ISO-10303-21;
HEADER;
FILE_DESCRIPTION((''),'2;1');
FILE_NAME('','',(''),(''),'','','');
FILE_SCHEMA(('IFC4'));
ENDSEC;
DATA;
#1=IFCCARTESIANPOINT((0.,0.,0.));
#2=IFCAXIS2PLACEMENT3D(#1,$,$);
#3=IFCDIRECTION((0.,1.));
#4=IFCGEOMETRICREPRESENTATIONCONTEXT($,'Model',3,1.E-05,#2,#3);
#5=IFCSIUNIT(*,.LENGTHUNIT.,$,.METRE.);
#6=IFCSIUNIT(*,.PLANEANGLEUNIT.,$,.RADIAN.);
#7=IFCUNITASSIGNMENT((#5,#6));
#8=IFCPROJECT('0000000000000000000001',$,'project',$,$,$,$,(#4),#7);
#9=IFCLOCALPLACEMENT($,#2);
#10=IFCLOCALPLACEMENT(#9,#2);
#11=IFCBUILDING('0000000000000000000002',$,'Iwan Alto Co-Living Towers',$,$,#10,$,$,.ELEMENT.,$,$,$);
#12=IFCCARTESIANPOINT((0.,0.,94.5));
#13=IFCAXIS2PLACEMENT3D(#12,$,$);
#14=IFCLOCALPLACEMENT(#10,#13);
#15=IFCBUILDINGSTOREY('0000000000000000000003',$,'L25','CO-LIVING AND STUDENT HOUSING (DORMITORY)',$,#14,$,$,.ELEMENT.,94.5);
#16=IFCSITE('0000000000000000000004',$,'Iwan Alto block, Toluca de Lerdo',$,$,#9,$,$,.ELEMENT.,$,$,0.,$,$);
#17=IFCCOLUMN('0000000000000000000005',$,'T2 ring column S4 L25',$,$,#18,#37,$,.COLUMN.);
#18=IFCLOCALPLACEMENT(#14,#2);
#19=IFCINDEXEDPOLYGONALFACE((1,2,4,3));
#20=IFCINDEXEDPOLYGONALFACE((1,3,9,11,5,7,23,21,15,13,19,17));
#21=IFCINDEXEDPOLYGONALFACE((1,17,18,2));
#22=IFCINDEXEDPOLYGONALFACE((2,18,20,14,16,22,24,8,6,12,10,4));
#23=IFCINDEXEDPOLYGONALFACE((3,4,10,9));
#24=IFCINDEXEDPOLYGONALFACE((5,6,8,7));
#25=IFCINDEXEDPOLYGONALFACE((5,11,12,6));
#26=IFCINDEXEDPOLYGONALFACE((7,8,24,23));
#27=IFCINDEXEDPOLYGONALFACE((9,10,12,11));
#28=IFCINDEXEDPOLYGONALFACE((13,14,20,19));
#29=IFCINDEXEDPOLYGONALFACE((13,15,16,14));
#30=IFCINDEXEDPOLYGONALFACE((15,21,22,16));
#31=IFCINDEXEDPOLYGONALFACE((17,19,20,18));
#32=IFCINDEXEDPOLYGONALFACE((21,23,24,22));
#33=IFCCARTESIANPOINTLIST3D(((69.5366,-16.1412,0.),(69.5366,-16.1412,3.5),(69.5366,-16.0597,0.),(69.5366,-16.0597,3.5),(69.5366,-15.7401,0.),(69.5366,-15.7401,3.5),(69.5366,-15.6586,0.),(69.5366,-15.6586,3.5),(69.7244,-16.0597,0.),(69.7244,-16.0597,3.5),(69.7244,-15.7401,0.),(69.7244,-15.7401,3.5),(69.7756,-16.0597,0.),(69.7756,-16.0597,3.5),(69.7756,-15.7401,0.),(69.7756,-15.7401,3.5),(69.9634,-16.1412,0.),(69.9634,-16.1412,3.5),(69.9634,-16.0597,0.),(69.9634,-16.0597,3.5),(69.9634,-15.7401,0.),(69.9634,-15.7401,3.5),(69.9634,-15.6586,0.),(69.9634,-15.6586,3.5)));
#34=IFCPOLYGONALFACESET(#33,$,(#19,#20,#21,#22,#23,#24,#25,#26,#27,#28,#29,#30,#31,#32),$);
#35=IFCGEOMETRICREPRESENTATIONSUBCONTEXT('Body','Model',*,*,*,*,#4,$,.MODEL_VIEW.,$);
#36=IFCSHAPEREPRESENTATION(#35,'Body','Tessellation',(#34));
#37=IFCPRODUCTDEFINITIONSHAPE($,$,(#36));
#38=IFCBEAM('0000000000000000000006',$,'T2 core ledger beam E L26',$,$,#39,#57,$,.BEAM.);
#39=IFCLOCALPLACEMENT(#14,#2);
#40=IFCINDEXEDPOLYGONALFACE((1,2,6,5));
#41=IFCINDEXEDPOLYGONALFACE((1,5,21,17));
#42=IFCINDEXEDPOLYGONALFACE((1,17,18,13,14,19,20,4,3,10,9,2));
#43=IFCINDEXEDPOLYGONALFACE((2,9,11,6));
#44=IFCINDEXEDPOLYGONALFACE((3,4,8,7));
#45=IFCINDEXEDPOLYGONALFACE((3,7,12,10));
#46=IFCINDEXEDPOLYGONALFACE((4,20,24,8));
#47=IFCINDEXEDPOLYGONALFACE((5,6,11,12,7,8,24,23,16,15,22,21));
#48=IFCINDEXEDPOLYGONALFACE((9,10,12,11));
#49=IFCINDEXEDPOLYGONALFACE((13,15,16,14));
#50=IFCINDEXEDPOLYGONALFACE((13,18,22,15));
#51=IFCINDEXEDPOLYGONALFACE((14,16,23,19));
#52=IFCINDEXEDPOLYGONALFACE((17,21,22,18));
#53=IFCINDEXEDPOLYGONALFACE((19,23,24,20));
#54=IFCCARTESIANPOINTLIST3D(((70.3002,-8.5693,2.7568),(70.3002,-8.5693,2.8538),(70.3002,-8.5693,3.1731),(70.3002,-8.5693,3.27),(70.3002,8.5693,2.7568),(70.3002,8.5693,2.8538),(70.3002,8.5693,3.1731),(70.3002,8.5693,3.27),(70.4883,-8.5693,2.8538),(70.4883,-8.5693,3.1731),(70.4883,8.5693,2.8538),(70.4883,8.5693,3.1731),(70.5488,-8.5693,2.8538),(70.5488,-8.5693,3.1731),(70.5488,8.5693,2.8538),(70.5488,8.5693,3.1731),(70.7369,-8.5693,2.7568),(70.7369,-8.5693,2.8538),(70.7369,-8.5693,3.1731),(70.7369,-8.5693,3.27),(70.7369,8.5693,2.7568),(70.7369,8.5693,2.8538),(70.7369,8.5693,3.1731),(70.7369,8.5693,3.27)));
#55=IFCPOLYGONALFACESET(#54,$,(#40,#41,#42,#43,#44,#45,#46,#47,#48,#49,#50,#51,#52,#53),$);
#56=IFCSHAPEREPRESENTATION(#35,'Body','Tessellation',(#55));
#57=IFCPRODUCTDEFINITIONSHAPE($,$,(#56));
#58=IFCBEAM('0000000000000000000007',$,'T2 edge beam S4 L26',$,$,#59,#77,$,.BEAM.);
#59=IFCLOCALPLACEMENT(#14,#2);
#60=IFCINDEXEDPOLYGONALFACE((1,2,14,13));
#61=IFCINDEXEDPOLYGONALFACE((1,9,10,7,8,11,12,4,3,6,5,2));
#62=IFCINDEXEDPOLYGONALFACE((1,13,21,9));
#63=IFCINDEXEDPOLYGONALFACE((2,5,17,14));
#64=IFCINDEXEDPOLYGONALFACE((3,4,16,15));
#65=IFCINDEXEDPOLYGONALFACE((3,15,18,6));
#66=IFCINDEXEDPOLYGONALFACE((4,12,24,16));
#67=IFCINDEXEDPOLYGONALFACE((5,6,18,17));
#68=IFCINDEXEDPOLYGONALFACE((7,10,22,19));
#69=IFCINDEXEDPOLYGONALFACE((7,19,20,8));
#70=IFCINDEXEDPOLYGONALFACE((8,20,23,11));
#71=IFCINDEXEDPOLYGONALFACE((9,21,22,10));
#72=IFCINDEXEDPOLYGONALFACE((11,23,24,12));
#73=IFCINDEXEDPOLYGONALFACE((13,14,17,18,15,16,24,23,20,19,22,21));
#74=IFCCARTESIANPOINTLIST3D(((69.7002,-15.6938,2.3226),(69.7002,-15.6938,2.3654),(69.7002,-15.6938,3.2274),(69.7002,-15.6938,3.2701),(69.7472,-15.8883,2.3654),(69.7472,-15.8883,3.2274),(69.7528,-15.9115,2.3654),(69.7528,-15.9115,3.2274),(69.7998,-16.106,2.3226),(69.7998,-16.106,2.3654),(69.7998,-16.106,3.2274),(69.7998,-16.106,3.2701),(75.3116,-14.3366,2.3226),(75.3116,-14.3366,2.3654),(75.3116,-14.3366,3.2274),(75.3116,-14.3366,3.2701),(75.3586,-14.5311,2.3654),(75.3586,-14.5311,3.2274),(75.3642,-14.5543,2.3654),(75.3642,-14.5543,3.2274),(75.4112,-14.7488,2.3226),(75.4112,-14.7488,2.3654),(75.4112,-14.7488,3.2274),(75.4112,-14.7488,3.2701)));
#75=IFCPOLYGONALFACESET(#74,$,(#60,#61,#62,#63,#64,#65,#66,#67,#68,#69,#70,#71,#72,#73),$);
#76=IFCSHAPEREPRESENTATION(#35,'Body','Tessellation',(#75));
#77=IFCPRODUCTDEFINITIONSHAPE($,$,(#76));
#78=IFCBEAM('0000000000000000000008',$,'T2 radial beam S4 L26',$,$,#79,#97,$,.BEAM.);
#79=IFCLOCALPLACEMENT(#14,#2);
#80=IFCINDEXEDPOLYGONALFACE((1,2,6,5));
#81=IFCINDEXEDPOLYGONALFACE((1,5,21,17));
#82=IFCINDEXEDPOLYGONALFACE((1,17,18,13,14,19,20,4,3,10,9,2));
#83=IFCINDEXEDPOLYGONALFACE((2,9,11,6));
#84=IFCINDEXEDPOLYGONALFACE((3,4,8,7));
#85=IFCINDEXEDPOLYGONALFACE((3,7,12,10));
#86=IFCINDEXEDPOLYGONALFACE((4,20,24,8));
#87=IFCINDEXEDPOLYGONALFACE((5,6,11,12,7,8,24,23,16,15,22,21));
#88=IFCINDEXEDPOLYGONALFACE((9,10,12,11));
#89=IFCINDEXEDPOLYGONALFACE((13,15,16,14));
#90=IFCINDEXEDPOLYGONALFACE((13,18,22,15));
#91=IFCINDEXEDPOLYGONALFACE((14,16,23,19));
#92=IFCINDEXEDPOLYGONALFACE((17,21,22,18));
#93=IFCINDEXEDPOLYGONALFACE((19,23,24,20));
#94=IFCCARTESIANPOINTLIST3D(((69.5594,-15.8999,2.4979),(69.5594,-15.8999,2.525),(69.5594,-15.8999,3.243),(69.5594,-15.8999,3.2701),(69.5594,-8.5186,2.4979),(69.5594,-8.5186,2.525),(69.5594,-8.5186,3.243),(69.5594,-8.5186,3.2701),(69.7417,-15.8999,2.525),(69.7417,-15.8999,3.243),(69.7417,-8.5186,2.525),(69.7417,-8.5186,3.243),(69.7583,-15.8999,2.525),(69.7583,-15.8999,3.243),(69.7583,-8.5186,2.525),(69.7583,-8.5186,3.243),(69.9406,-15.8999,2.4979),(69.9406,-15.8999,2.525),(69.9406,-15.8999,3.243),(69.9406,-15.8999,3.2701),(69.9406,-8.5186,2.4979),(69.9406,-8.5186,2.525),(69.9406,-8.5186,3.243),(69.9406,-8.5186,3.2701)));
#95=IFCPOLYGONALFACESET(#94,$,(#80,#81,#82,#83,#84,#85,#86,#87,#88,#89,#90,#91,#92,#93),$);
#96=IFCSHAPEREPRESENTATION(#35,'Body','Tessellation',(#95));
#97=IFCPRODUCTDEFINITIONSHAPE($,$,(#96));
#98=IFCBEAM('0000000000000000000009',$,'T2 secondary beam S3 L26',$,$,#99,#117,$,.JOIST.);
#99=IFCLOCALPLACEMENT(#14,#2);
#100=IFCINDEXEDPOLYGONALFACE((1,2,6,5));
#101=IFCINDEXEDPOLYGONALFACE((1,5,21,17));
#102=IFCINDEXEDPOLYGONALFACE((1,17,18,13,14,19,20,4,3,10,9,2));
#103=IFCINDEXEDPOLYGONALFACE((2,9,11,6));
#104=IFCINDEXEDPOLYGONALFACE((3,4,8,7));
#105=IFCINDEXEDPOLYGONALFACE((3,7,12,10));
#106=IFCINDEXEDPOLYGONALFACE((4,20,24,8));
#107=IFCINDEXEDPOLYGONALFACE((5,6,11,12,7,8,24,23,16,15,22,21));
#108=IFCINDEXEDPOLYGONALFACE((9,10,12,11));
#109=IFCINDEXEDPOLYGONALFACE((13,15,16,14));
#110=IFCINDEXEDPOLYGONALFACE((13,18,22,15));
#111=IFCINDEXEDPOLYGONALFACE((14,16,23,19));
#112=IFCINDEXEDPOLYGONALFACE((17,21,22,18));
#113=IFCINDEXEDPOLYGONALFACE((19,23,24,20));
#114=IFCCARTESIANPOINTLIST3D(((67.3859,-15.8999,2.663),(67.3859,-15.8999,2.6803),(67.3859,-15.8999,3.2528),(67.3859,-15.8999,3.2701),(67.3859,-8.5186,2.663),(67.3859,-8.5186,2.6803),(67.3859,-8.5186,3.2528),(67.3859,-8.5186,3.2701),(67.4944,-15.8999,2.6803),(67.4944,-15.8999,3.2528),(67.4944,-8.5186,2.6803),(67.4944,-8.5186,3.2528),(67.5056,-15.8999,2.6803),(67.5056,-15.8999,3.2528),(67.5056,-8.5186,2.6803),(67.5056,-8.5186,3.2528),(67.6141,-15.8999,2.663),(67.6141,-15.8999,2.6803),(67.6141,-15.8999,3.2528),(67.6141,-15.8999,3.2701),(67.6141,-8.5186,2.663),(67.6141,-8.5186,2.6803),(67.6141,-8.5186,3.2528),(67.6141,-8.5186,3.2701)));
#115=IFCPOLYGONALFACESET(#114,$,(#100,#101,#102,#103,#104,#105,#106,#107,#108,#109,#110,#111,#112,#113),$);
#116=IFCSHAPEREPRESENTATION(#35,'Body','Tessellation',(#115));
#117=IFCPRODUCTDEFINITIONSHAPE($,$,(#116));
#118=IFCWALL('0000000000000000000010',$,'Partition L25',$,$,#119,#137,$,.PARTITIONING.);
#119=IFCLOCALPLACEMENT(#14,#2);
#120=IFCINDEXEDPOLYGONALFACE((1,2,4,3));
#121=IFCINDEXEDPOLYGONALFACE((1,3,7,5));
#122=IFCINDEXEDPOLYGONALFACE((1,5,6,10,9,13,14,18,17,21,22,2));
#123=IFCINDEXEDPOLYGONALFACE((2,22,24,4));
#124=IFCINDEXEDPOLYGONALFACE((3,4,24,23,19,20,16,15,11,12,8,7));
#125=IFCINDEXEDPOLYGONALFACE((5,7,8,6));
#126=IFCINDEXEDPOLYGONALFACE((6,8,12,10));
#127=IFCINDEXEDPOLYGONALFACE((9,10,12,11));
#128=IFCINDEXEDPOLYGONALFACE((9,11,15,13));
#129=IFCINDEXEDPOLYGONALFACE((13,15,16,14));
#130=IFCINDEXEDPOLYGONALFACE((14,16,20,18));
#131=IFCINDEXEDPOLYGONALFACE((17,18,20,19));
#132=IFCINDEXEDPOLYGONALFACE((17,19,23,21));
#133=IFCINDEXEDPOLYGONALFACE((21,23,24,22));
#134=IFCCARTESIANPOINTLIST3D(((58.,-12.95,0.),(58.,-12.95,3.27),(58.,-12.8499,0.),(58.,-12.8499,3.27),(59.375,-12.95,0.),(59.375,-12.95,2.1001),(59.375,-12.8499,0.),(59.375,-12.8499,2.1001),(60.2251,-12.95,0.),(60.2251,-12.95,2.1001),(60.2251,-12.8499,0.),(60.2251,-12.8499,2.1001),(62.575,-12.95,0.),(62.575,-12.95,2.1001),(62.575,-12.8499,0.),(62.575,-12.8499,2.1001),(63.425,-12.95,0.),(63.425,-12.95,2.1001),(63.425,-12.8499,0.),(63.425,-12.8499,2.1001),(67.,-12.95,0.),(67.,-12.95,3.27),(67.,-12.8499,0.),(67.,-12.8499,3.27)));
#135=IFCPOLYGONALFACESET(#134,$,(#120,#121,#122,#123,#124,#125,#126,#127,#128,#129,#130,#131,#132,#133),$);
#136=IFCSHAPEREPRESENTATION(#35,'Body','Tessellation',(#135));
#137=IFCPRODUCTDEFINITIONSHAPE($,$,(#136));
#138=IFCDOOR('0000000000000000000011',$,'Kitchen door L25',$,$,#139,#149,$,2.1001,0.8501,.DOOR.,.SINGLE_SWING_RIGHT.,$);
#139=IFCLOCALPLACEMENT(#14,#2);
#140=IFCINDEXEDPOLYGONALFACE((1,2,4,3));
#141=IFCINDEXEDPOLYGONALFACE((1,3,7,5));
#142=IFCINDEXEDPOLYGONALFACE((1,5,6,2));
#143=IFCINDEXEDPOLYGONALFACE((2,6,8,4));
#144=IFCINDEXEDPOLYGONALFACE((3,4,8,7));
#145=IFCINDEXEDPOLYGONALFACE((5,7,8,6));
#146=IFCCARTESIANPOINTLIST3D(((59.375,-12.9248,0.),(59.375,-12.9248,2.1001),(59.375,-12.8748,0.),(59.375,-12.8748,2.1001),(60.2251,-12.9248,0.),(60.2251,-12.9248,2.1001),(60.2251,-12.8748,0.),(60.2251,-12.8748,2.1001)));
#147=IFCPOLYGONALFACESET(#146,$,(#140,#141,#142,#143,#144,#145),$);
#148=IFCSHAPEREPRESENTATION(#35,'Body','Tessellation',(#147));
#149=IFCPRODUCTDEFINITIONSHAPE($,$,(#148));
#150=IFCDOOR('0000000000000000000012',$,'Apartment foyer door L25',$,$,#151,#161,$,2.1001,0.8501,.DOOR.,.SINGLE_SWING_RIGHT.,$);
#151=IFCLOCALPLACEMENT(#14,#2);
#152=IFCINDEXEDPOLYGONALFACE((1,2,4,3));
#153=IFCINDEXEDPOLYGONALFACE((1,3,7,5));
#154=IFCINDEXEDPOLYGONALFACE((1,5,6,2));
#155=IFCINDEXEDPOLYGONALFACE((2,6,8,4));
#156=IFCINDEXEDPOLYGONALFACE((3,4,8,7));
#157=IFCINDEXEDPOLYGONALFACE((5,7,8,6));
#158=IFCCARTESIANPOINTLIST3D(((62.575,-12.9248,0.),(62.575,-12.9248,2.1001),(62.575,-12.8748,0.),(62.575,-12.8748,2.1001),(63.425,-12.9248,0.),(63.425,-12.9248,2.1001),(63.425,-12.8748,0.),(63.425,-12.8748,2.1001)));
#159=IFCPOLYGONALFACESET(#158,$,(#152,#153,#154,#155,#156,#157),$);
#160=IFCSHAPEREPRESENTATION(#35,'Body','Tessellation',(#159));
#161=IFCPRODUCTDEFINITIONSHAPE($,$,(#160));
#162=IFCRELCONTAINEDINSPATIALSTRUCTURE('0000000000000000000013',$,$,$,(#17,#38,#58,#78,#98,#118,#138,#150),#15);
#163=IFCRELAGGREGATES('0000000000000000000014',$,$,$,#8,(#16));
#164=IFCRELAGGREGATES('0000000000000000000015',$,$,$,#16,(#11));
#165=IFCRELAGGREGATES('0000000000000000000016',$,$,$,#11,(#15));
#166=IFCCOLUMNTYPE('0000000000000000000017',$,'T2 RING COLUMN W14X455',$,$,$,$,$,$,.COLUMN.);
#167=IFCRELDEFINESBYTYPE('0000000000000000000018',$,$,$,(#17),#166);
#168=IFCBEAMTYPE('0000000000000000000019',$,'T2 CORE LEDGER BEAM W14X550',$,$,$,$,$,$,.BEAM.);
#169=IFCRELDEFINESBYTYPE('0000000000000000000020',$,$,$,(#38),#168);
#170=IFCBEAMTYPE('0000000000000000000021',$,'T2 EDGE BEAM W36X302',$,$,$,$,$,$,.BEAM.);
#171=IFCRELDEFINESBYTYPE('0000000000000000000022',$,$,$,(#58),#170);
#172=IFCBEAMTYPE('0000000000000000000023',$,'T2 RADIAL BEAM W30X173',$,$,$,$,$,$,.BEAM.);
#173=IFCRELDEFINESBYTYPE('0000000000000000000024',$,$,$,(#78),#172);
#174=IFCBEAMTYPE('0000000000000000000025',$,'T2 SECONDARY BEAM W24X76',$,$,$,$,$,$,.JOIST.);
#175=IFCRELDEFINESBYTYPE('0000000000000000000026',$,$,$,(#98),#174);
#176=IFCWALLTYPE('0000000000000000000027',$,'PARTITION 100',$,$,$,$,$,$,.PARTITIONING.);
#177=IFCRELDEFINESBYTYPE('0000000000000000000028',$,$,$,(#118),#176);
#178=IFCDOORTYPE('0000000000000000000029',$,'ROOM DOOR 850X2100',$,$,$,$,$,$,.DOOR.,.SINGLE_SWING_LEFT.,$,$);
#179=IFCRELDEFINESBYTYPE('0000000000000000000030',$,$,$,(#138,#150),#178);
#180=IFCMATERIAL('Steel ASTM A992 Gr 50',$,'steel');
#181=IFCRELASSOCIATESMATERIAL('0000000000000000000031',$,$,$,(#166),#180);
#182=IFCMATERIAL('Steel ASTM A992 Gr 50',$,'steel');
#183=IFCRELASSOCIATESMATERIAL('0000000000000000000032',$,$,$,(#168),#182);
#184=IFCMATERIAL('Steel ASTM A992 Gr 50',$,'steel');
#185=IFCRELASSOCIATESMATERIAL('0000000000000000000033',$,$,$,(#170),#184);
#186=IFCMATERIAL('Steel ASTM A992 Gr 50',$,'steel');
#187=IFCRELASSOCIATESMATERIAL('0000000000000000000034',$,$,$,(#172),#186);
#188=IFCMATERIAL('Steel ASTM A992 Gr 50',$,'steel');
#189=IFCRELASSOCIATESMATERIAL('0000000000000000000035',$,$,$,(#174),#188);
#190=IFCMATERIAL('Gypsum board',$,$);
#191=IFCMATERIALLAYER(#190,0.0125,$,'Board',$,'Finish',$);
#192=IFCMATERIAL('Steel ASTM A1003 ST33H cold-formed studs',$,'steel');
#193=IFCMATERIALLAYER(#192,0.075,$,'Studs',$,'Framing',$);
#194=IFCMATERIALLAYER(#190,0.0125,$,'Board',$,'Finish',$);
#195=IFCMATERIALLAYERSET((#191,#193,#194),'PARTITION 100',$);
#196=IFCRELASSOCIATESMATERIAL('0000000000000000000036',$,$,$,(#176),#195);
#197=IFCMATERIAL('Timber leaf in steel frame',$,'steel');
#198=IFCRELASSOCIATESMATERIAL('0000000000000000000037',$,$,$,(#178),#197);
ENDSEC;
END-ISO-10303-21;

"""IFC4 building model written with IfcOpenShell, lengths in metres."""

from ifc_helpers import new_model, si_unit, direction, frame, frame_2d, origin, origin_2d, place, context, subcontext, project, spatial, rectangle, i_section, extrude, material, layer, layer_set, material_profile, profile_set, type_object, element, fill, save


model = new_model("IFC4")

# Units and contexts
model_context = context("Model", 3, precision=1e-05, world=origin(), true_north=direction((0.0, 1.0)))
body_context = subcontext(model_context, "Body", "Model", "MODEL_VIEW")
ifc_project = project(units=[si_unit("LENGTHUNIT", "METRE"), si_unit("PLANEANGLEUNIT", "RADIAN")], contexts=[model_context])

# Site, building, storey
site_placement = place(None, origin())
site = spatial("IfcSite", under=ifc_project, at=site_placement, Name="Iwan Alto block, Toluca de Lerdo", CompositionType="ELEMENT", RefElevation=0.0)
building_placement = place(site_placement, origin())
building = spatial("IfcBuilding", under=site, at=building_placement, Name="Iwan Alto Co-Living Towers", CompositionType="ELEMENT")
storey_placement = place(building_placement, frame((0.0, 0.0, 94.5)))
storey = spatial("IfcBuildingStorey", under=building, at=storey_placement, Name="L25", Description="CO-LIVING AND STUDENT HOUSING (DORMITORY)", CompositionType="ELEMENT", Elevation=94.5)

# Column
ifc_material_1 = material(Name="Steel ASTM A992 Gr 50", Category="steel")
ifc_material_profile_1 = material_profile(ifc_material_1, i_section(OverallWidth=0.4268, OverallDepth=0.4827, WebThickness=0.0513, FlangeThickness=0.0815, at=origin_2d()), Name="W14X455")
ifc_profile_set_1 = profile_set([ifc_material_profile_1], Name="Steel ASTM A992 Gr 50")
column_type = type_object("IfcColumnType", Name="T2 RING COLUMN W14X455", PredefinedType="COLUMN", material=ifc_profile_set_1)
column_placement = place(storey_placement, frame((69.75, -15.8999, 0.0), z_axis=(0.0, 0.0, 1.0), x_axis=(1.0, 0.0, 0.0)))
element("IfcColumn", 1, at=column_placement, inside=storey, type_object=column_type, Name="T2 ring column S4 L25", PredefinedType="COLUMN", context=body_context, shape_type="SweptSolid", body=[
    extrude(i_section(OverallWidth=0.4268, OverallDepth=0.4827, WebThickness=0.0513, FlangeThickness=0.0815, at=origin_2d()), origin(), (0.0, 0.0, 1.0), 3.5),
])

# Beams
ifc_material_2 = material(Name="Steel ASTM A992 Gr 50", Category="steel")
ifc_material_profile_2 = material_profile(ifc_material_2, i_section(OverallWidth=0.4368, OverallDepth=0.5132, WebThickness=0.0605, FlangeThickness=0.0969, at=origin_2d()), Name="W14X550")
ifc_profile_set_2 = profile_set([ifc_material_profile_2], Name="Steel ASTM A992 Gr 50")
beam_type_1 = type_object("IfcBeamType", Name="T2 CORE LEDGER BEAM W14X550", PredefinedType="BEAM", material=ifc_profile_set_2)
beam_1_placement = place(storey_placement, frame((70.5186, -8.5693, 3.0134), z_axis=(0.0, 1.0, 0.0), x_axis=(-1.0, 0.0, 0.0)))
element("IfcBeam", 2, at=beam_1_placement, inside=storey, type_object=beam_type_1, Name="T2 core ledger beam E L26", PredefinedType="BEAM", context=body_context, shape_type="SweptSolid", body=[
    extrude(i_section(OverallWidth=0.4368, OverallDepth=0.5132, WebThickness=0.0605, FlangeThickness=0.0969, at=origin_2d()), origin(), (0.0, 0.0, 1.0), 17.1387),
])
ifc_material_3 = material(Name="Steel ASTM A992 Gr 50", Category="steel")
ifc_material_profile_3 = material_profile(ifc_material_3, i_section(OverallWidth=0.4241, OverallDepth=0.9475, WebThickness=0.0239, FlangeThickness=0.0427, at=origin_2d()), Name="W36X302")
ifc_profile_set_3 = profile_set([ifc_material_profile_3], Name="Steel ASTM A992 Gr 50")
beam_type_2 = type_object("IfcBeamType", Name="T2 EDGE BEAM W36X302", PredefinedType="BEAM", material=ifc_profile_set_3)
beam_2_placement = place(storey_placement, frame((69.75, -15.8999, 2.7964), z_axis=(0.971975, 0.235086, 0.0), x_axis=(-0.235086, 0.971975, 0.0)))
element("IfcBeam", 3, at=beam_2_placement, inside=storey, type_object=beam_type_2, Name="T2 edge beam S4 L26", PredefinedType="BEAM", context=body_context, shape_type="SweptSolid", body=[
    extrude(i_section(OverallWidth=0.4241, OverallDepth=0.9475, WebThickness=0.0239, FlangeThickness=0.0427, at=origin_2d()), origin(), (0.0, 0.0, 1.0), 5.7732),
])
ifc_material_4 = material(Name="Steel ASTM A992 Gr 50", Category="steel")
ifc_material_profile_4 = material_profile(ifc_material_4, i_section(OverallWidth=0.3811, OverallDepth=0.7722, WebThickness=0.0166, FlangeThickness=0.0271, at=origin_2d()), Name="W30X173")
ifc_profile_set_4 = profile_set([ifc_material_profile_4], Name="Steel ASTM A992 Gr 50")
beam_type_3 = type_object("IfcBeamType", Name="T2 RADIAL BEAM W30X173", PredefinedType="BEAM", material=ifc_profile_set_4)
beam_3_placement = place(storey_placement, frame((69.75, -15.8999, 2.884), z_axis=(0.0, 1.0, 0.0), x_axis=(-1.0, 0.0, 0.0)))
element("IfcBeam", 4, at=beam_3_placement, inside=storey, type_object=beam_type_3, Name="T2 radial beam S4 L26", PredefinedType="BEAM", context=body_context, shape_type="SweptSolid", body=[
    extrude(i_section(OverallWidth=0.3811, OverallDepth=0.7722, WebThickness=0.0166, FlangeThickness=0.0271, at=origin_2d()), origin(), (0.0, 0.0, 1.0), 7.3813),
])
ifc_material_5 = material(Name="Steel ASTM A992 Gr 50", Category="steel")
ifc_material_profile_5 = material_profile(ifc_material_5, i_section(OverallWidth=0.2283, OverallDepth=0.6072, WebThickness=0.0112, FlangeThickness=0.0173, at=origin_2d()), Name="W24X76")
ifc_profile_set_5 = profile_set([ifc_material_profile_5], Name="Steel ASTM A992 Gr 50")
beam_type_4 = type_object("IfcBeamType", Name="T2 SECONDARY BEAM W24X76", PredefinedType="JOIST", material=ifc_profile_set_5)
beam_4_placement = place(storey_placement, frame((67.5, -15.8999, 2.9666), z_axis=(0.0, 1.0, 0.0), x_axis=(-1.0, 0.0, 0.0)))
element("IfcBeam", 5, at=beam_4_placement, inside=storey, type_object=beam_type_4, Name="T2 secondary beam S3 L26", PredefinedType="JOIST", context=body_context, shape_type="SweptSolid", body=[
    extrude(i_section(OverallWidth=0.2283, OverallDepth=0.6072, WebThickness=0.0112, FlangeThickness=0.0173, at=origin_2d()), origin(), (0.0, 0.0, 1.0), 7.3813),
])

# Wall, openings, doors
ifc_material_6 = material(Name="Gypsum board")
ifc_layer_1 = layer(ifc_material_6, 0.0125, Name="Board", Category="Finish")
ifc_material_7 = material(Name="Steel ASTM A1003 ST33H cold-formed studs", Category="steel")
ifc_layer_2 = layer(ifc_material_7, 0.075, Name="Studs", Category="Framing")
ifc_layer_3 = layer(ifc_material_6, 0.0125, Name="Board", Category="Finish")
ifc_layer_set_1 = layer_set([ifc_layer_1, ifc_layer_2, ifc_layer_3], Name="PARTITION 100")
wall_type_1 = type_object("IfcWallType", Name="PARTITION 100", PredefinedType="PARTITIONING", material=ifc_layer_set_1)
wall_1_placement = place(storey_placement, frame((58.0, -12.8999, 0.0), z_axis=(0.0, 0.0, 1.0), x_axis=(1.0, 0.0, 0.0)))
wall_1 = element("IfcWall", 6, at=wall_1_placement, inside=storey, type_object=wall_type_1, Name="Partition L25", PredefinedType="PARTITIONING", context=body_context, shape_type="SweptSolid", body=[
    extrude(rectangle(XDim=9.0, YDim=0.1001, at=frame_2d((4.5, 0.0))), origin(), (0.0, 0.0, 1.0), 3.27),
])
opening_1_placement = place(wall_1_placement, frame((1.375, 0.0, 0.0)))
opening_1 = element("IfcOpeningElement", 7, at=opening_1_placement, cuts=wall_1, PredefinedType="OPENING", context=body_context, shape_type="SweptSolid", body=[
    extrude(rectangle(XDim=0.8501, YDim=2.1001, at=frame_2d((0.425, 1.05))), frame((0.0, 0.0601, 0.0), z_axis=(0.0, -1.0, 0.0), x_axis=(1.0, 0.0, 0.0)), (0.0, 0.0, 1.0), 0.1201),
])
opening_2_placement = place(wall_1_placement, frame((4.575, 0.0, 0.0)))
opening_2 = element("IfcOpeningElement", 8, at=opening_2_placement, cuts=wall_1, PredefinedType="OPENING", context=body_context, shape_type="SweptSolid", body=[
    extrude(rectangle(XDim=0.8501, YDim=2.1001, at=frame_2d((0.425, 1.05))), frame((0.0, 0.0601, 0.0), z_axis=(0.0, -1.0, 0.0), x_axis=(1.0, 0.0, 0.0)), (0.0, 0.0, 1.0), 0.1201),
])
ifc_material_8 = material(Name="Timber leaf in steel frame", Category="steel")
door_type_1 = type_object("IfcDoorType", Name="ROOM DOOR 850X2100", OperationType="SINGLE_SWING_LEFT", PredefinedType="DOOR", material=ifc_material_8)
door_1_placement = place(opening_1_placement, frame((0.8501, 0.0, 0.0), z_axis=(0.0, 0.0, 1.0), x_axis=(-1.0, 0.0, 0.0)))
door_1 = element("IfcDoor", 9, at=door_1_placement, inside=storey, type_object=door_type_1, Name="Kitchen door L25", OperationType="SINGLE_SWING_RIGHT", OverallHeight=2.1001, OverallWidth=0.8501, PredefinedType="DOOR", context=body_context, shape_type="SweptSolid", body=[
    extrude(rectangle(XDim=0.8501, YDim=2.1001, at=frame_2d((0.425, 1.05))), frame((0.0, 0.0249, 0.0), z_axis=(0.0, -1.0, 0.0), x_axis=(1.0, 0.0, 0.0)), (0.0, 0.0, 1.0), 0.05),
])
fill(opening_1, door_1)
door_2_placement = place(opening_2_placement, frame((0.8501, 0.0, 0.0), z_axis=(0.0, 0.0, 1.0), x_axis=(-1.0, 0.0, 0.0)))
door_2 = element("IfcDoor", 10, at=door_2_placement, inside=storey, type_object=door_type_1, Name="Apartment foyer door L25", OperationType="SINGLE_SWING_RIGHT", OverallHeight=2.1001, OverallWidth=0.8501, PredefinedType="DOOR", context=body_context, shape_type="SweptSolid", body=[
    extrude(rectangle(XDim=0.8501, YDim=2.1001, at=frame_2d((0.425, 1.05))), frame((0.0, 0.0249, 0.0), z_axis=(0.0, -1.0, 0.0), x_axis=(1.0, 0.0, 0.0)), (0.0, 0.0, 1.0), 0.05),
])
fill(opening_2, door_2)

save(model, "model.ifc")
